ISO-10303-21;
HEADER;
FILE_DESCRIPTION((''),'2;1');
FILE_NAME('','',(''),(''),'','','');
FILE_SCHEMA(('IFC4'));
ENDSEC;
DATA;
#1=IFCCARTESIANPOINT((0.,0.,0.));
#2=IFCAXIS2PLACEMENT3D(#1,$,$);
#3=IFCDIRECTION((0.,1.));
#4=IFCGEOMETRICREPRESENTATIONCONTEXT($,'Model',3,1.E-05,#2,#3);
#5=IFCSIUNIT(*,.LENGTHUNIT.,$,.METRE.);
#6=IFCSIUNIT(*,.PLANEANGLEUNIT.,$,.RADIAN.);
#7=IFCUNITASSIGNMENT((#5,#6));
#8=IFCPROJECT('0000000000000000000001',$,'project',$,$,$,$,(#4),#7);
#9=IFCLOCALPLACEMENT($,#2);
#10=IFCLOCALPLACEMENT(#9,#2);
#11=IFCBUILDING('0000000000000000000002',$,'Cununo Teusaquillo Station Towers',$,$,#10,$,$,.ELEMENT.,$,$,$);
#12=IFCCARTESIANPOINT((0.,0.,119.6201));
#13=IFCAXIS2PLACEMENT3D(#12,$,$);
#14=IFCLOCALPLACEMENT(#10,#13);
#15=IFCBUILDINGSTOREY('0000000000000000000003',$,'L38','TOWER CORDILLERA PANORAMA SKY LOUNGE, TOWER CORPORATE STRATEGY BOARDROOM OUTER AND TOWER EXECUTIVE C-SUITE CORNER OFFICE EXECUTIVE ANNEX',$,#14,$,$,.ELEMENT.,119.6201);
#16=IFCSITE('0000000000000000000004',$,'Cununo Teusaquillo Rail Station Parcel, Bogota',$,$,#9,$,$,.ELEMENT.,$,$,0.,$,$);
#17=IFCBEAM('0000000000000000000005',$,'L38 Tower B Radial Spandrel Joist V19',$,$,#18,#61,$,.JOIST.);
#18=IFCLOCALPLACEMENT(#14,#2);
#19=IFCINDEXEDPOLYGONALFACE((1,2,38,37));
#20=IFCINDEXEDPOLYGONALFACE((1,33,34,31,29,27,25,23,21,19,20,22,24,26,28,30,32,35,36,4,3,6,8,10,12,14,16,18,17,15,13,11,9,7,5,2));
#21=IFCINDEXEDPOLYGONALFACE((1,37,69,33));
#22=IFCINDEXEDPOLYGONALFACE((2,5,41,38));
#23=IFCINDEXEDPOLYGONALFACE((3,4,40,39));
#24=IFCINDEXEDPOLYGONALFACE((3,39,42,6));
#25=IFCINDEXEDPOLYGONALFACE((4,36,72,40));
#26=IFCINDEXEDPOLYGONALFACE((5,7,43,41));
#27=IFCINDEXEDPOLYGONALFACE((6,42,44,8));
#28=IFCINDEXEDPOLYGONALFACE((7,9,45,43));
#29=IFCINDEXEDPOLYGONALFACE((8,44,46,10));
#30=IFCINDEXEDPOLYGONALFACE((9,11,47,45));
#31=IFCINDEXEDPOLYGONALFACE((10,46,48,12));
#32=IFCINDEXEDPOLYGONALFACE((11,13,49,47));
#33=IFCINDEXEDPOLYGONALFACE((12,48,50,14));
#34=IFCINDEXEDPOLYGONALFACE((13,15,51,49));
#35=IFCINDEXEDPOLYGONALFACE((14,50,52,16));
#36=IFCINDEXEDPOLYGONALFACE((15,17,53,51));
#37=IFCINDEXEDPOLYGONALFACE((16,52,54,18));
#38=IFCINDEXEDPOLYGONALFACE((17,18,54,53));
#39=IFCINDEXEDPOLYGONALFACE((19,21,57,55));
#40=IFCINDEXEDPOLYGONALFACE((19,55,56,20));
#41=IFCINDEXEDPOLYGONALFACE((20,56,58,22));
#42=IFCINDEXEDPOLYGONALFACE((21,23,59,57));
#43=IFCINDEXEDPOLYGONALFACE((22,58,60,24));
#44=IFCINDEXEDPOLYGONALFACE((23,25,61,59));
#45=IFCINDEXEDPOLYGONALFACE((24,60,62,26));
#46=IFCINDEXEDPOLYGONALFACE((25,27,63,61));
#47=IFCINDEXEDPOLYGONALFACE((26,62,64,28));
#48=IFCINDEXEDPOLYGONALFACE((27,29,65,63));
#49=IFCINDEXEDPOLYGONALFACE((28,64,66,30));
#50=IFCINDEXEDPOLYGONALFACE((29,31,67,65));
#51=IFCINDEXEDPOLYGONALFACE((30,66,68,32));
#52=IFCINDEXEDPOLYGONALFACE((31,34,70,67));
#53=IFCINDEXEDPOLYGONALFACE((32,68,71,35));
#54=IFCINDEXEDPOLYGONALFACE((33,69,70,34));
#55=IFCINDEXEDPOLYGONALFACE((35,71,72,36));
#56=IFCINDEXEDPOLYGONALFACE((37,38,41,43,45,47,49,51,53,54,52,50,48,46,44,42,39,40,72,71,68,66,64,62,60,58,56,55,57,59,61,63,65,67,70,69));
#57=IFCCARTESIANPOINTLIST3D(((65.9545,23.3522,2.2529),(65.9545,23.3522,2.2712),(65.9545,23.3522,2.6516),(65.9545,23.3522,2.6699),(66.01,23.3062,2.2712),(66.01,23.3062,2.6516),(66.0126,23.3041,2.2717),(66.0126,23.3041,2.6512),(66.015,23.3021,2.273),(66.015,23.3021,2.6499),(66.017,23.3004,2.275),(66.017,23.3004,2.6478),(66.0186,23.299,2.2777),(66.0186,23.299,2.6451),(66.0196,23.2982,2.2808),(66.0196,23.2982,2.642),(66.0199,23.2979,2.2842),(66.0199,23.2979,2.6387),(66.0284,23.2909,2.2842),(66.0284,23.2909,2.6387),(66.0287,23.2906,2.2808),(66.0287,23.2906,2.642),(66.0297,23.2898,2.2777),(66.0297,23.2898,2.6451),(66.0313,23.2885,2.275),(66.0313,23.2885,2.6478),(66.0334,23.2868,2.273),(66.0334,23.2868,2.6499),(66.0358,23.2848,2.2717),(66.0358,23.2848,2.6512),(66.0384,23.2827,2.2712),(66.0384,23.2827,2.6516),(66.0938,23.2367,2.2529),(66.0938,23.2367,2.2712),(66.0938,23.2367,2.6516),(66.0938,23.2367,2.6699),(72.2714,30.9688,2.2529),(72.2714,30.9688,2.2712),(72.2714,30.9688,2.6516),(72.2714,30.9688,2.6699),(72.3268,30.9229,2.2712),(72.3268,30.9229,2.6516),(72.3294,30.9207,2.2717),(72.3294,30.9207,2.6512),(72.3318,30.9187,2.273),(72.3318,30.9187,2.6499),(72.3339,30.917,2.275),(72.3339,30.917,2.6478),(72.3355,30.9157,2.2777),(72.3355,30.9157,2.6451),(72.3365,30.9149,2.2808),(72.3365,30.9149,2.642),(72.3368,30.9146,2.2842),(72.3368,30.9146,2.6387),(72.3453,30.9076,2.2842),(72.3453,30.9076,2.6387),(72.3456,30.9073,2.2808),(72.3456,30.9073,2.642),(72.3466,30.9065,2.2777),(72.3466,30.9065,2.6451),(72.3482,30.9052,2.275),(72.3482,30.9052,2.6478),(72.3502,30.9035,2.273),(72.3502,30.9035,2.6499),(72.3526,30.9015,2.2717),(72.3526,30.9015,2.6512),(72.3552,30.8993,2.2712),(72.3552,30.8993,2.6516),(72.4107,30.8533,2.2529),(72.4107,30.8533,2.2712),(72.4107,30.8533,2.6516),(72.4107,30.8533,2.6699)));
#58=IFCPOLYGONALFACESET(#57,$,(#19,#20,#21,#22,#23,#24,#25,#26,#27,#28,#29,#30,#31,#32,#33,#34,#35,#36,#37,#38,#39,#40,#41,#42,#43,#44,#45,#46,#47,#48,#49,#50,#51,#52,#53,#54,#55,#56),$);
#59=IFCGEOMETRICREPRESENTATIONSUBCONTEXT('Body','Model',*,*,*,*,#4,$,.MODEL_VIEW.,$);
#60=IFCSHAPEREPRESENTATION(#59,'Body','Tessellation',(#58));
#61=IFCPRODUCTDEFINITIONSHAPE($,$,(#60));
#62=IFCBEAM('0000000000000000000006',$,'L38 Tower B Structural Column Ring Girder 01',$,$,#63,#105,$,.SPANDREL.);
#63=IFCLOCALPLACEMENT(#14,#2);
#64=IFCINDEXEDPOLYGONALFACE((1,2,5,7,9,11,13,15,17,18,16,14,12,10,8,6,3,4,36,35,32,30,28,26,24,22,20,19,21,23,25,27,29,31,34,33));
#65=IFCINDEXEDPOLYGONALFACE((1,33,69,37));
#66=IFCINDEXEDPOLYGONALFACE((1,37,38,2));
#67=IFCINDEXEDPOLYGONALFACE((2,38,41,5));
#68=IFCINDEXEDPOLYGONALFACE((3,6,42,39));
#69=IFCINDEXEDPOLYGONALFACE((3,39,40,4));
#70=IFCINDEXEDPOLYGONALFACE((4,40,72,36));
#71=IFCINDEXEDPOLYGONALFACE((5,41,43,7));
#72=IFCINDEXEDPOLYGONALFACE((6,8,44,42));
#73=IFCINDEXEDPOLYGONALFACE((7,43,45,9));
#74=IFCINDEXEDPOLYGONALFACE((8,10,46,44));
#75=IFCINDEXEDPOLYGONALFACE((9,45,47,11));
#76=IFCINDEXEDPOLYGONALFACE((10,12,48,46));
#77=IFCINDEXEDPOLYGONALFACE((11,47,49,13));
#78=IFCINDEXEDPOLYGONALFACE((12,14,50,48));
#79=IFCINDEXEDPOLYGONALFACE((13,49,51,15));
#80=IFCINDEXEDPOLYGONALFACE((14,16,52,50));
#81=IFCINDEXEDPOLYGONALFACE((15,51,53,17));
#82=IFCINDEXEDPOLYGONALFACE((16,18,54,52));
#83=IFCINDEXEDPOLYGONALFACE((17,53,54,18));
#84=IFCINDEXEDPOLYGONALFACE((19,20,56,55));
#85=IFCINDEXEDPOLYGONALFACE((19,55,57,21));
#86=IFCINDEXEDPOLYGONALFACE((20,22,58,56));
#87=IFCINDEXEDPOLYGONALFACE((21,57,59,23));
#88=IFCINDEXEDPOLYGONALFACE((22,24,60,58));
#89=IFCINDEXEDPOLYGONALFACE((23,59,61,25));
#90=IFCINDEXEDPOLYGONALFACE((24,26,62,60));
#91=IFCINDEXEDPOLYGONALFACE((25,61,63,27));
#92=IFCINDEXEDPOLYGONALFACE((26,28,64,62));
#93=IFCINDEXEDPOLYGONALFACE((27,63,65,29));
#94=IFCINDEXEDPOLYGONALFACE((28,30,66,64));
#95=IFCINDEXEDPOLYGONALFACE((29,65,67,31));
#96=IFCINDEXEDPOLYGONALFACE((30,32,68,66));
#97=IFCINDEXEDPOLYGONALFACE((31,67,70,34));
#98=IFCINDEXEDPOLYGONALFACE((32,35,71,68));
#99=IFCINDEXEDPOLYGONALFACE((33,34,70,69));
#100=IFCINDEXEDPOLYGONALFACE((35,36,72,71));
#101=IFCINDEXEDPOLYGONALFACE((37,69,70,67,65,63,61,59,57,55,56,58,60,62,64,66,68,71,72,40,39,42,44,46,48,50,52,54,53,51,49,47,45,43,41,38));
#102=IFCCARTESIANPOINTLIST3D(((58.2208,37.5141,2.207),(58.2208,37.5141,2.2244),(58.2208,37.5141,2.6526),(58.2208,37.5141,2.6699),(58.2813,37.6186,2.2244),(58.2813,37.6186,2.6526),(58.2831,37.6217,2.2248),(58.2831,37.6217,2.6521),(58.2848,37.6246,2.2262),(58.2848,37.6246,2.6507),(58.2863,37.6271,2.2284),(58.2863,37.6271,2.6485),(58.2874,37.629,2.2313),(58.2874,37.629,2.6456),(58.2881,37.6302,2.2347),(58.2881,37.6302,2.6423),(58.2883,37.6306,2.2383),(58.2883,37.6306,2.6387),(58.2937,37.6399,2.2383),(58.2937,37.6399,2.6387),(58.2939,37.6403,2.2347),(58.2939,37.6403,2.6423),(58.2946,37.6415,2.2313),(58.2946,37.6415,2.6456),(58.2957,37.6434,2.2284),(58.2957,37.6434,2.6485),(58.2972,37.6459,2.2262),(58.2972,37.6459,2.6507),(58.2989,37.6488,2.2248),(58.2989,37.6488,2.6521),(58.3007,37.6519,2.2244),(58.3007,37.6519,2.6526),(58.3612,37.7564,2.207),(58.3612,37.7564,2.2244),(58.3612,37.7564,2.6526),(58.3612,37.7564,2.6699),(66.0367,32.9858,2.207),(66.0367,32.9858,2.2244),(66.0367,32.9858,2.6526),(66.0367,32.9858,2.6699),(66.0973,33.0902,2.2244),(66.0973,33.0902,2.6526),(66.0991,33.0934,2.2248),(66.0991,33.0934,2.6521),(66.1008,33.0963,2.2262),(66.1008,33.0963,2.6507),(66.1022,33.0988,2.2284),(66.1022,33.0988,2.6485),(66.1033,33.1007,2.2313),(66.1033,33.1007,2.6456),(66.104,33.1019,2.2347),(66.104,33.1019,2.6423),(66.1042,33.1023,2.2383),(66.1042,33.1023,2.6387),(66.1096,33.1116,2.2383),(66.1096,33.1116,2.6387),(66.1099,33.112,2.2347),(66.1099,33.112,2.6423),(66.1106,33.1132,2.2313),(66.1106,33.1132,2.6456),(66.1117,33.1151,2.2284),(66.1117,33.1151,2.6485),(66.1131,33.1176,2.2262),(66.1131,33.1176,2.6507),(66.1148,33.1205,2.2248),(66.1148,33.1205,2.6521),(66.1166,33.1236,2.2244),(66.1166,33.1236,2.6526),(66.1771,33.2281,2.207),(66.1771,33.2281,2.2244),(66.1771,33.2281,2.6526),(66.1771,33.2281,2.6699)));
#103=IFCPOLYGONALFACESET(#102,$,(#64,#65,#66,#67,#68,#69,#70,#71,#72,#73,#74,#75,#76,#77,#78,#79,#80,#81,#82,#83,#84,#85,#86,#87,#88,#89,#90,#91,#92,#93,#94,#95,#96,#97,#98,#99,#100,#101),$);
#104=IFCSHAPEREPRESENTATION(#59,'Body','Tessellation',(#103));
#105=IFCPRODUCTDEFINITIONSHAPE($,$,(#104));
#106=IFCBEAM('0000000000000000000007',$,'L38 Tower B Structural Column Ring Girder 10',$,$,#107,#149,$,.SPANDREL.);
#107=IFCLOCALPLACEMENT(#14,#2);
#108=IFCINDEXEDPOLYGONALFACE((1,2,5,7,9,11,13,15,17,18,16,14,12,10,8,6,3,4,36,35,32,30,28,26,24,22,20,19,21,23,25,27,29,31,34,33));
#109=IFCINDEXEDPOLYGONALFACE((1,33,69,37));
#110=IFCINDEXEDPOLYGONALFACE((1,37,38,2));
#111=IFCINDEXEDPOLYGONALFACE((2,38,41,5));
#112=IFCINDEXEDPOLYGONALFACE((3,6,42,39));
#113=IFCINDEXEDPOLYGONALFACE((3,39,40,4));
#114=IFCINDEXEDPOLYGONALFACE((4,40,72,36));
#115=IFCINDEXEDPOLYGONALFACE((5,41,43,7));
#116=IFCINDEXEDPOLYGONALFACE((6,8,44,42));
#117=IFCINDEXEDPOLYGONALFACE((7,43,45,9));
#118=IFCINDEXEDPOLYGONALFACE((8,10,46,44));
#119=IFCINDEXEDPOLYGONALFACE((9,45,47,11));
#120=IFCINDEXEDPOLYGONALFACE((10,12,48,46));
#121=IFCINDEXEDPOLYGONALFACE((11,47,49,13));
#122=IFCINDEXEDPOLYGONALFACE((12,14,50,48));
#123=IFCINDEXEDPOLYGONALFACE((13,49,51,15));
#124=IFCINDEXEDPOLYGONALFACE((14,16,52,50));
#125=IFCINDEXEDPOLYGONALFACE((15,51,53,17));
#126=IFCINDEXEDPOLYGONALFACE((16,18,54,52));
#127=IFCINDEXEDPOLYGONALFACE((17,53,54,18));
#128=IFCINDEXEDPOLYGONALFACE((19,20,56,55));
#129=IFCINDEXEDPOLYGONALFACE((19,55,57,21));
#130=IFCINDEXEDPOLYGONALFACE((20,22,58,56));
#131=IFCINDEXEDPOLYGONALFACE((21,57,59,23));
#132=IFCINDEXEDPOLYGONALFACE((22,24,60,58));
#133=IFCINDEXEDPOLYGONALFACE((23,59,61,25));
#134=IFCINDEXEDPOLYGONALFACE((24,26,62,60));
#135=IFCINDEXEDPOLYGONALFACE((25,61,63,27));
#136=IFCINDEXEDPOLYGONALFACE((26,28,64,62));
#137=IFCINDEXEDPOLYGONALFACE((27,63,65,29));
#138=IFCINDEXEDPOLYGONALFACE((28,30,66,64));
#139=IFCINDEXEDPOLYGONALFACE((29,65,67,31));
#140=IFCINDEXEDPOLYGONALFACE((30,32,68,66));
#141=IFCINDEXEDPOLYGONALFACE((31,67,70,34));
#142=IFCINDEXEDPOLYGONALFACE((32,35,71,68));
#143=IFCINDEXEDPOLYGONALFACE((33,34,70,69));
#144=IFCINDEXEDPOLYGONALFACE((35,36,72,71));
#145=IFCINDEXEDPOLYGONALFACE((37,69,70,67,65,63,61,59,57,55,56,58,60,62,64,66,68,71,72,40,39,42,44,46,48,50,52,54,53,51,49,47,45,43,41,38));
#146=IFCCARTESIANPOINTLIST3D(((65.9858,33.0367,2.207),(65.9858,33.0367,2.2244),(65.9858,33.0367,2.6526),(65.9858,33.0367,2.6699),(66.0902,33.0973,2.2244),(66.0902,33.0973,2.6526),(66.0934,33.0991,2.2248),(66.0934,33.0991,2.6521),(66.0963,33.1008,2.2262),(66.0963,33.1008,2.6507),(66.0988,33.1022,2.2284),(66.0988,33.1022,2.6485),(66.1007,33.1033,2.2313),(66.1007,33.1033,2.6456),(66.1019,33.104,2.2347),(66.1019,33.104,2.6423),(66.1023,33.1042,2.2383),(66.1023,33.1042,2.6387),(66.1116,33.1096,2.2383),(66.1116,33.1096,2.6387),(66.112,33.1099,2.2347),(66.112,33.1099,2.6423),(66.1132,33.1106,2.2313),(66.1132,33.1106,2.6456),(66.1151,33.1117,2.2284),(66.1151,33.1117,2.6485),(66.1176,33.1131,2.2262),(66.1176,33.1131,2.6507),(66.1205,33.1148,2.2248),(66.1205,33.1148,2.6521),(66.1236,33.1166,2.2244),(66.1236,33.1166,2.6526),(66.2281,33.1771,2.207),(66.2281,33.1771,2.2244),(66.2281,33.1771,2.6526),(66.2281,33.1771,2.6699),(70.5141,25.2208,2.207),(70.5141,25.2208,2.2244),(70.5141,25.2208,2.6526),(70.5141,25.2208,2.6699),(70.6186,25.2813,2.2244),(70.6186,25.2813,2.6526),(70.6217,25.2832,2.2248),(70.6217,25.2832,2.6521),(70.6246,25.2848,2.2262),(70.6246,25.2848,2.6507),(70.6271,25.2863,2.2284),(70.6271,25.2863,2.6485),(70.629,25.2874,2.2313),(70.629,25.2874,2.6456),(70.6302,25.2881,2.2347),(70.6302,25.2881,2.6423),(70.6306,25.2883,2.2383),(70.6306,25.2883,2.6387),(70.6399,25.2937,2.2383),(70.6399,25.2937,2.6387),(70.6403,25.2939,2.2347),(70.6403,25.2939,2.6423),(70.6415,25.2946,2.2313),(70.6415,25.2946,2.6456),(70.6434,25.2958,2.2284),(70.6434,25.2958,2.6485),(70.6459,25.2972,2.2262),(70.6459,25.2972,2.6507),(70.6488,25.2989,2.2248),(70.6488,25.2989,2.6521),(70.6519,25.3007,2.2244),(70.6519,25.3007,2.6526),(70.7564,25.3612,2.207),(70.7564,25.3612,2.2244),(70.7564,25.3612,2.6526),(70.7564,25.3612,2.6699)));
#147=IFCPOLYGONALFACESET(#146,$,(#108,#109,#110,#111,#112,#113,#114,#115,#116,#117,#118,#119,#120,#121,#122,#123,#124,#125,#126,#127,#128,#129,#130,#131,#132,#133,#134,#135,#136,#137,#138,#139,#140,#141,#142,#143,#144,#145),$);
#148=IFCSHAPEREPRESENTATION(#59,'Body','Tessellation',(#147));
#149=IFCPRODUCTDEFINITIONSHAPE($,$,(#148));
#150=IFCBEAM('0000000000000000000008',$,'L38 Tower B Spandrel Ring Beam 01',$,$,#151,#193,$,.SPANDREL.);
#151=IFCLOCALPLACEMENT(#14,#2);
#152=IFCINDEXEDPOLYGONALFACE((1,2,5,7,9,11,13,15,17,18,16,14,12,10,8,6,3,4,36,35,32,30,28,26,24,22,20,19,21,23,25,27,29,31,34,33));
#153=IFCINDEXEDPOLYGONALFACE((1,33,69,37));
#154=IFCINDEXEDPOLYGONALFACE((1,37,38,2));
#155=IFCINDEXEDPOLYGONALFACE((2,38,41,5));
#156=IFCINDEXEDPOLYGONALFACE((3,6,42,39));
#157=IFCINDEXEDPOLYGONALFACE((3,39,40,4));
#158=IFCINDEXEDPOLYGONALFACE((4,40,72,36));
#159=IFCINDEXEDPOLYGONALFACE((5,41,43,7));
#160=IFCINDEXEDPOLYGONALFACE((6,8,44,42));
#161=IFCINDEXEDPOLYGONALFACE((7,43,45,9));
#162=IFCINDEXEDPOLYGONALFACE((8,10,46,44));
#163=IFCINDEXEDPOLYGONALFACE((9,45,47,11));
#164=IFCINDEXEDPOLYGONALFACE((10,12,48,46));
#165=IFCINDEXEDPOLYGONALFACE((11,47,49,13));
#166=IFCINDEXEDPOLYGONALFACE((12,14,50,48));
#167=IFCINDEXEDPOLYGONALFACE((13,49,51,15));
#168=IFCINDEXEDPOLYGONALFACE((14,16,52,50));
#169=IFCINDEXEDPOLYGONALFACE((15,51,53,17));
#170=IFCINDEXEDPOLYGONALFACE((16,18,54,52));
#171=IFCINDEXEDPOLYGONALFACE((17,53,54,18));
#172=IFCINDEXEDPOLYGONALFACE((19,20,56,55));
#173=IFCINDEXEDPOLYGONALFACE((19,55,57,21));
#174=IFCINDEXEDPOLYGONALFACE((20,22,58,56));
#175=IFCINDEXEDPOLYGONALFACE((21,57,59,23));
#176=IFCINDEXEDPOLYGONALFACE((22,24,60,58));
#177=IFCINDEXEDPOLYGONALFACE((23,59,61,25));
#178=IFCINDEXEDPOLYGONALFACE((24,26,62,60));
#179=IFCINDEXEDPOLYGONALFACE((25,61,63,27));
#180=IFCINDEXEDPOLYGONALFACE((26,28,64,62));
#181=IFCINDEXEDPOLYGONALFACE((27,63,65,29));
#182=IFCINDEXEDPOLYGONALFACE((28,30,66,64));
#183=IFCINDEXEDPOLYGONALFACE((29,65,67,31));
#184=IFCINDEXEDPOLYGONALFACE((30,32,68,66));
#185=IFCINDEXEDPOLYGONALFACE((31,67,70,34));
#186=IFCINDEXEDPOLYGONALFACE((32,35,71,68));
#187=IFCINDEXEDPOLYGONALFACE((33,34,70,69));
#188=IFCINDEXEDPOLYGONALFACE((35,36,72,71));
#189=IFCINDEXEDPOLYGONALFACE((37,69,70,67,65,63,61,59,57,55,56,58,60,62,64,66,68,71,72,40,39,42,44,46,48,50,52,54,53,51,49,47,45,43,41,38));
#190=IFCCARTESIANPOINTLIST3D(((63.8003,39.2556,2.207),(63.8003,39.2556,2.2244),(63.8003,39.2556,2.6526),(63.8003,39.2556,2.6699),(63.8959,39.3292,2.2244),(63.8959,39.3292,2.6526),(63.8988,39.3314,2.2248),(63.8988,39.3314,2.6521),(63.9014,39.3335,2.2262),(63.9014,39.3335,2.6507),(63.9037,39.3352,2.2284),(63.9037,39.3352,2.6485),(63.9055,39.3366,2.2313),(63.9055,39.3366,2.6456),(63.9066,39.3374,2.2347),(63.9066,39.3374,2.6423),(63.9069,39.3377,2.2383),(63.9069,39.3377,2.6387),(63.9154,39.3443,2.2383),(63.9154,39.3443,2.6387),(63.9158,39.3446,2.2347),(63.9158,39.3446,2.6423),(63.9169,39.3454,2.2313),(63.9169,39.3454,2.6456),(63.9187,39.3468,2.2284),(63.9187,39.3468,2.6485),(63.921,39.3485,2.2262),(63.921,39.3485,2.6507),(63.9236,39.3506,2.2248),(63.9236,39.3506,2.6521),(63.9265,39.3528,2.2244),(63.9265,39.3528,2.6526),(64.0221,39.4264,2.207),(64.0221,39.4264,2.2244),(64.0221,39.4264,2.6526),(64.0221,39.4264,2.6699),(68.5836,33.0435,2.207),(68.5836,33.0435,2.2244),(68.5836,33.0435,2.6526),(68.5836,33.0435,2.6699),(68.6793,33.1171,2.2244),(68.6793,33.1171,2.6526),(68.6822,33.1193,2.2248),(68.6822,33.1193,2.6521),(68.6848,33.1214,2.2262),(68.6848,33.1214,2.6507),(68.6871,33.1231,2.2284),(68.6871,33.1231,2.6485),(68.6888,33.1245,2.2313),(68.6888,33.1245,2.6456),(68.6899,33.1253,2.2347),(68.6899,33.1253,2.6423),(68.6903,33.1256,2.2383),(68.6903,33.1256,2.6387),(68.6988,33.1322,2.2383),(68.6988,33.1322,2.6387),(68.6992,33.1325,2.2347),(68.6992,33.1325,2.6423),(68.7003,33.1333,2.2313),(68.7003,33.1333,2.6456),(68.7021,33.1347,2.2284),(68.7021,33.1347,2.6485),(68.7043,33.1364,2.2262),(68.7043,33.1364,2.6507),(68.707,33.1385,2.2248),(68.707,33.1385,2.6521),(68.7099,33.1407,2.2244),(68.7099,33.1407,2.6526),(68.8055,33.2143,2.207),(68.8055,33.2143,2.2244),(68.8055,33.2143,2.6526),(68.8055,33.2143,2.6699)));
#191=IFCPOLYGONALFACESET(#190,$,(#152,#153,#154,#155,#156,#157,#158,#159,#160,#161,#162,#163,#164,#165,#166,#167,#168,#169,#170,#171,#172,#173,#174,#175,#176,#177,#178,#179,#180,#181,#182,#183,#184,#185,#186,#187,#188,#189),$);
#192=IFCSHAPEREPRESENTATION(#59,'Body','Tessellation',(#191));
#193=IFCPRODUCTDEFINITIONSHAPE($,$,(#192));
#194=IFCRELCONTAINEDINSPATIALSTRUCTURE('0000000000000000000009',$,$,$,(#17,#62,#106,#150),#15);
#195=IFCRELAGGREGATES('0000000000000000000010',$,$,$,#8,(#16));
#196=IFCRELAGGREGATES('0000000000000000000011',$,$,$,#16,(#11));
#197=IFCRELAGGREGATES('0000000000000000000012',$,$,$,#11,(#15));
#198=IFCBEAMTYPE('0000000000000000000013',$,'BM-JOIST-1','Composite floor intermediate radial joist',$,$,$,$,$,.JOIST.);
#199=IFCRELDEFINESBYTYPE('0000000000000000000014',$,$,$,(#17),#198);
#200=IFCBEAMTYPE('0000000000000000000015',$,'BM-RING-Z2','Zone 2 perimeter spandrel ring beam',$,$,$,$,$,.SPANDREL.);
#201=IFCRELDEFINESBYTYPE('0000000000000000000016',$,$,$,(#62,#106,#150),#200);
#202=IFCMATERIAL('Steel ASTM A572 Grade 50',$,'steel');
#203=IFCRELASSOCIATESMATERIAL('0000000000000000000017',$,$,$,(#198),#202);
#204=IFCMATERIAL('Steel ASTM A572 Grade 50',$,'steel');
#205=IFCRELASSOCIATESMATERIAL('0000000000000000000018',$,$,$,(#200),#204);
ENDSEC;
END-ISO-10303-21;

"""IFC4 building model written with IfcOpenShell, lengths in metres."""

from ifc_helpers import new_model, si_unit, direction, frame, origin, origin_2d, place, context, subcontext, project, spatial, i_section, extrude, material, material_profile, profile_set, type_object, element, save


model = new_model("IFC4")

# Units and contexts
model_context = context("Model", 3, precision=1e-05, world=origin(), true_north=direction((0.0, 1.0)))
body_context = subcontext(model_context, "Body", "Model", "MODEL_VIEW")
ifc_project = project(units=[si_unit("LENGTHUNIT", "METRE"), si_unit("PLANEANGLEUNIT", "RADIAN")], contexts=[model_context])

# Site, building, storey
site_placement = place(None, origin())
site = spatial("IfcSite", under=ifc_project, at=site_placement, Name="Cununo Teusaquillo Rail Station Parcel, Bogota", CompositionType="ELEMENT", RefElevation=0.0)
building_placement = place(site_placement, origin())
building = spatial("IfcBuilding", under=site, at=building_placement, Name="Cununo Teusaquillo Station Towers", CompositionType="ELEMENT")
storey_placement = place(building_placement, frame((0.0, 0.0, 119.6201)))
storey = spatial("IfcBuildingStorey", under=building, at=storey_placement, Name="L38", Description="TOWER CORDILLERA PANORAMA SKY LOUNGE, TOWER CORPORATE STRATEGY BOARDROOM OUTER AND TOWER EXECUTIVE C-SUITE CORNER OFFICE EXECUTIVE ANNEX", CompositionType="ELEMENT", Elevation=119.6201)

# Beams
ifc_material_1 = material(Name="Steel ASTM A572 Grade 50", Category="steel")
ifc_material_profile_1 = material_profile(ifc_material_1, i_section(OverallWidth=0.1809, OverallDepth=0.417, WebThickness=0.011, FlangeThickness=0.0183, FilletRadius=0.0129, at=origin_2d()), Name="W16X57")
ifc_profile_set_1 = profile_set([ifc_material_profile_1], Name="Steel ASTM A572 Grade 50")
beam_type_1 = type_object("IfcBeamType", Name="BM-JOIST-1", Description="Composite floor intermediate radial joist", PredefinedType="JOIST", material=ifc_profile_set_1)
beam_1_placement = place(storey_placement, frame((66.0242, 23.2944, 2.4614), z_axis=(0.638372, 0.769728, 0.0), x_axis=(-0.769728, 0.638372, 0.0)))
element("IfcBeam", 1, at=beam_1_placement, inside=storey, type_object=beam_type_1, Name="L38 Tower B Radial Spandrel Joist V19", PredefinedType="JOIST", context=body_context, shape_type="SweptSolid", body=[
    extrude(i_section(OverallWidth=0.1809, OverallDepth=0.417, WebThickness=0.011, FlangeThickness=0.0183, FilletRadius=0.0129, at=origin_2d()), origin(), (0.0, 0.0, 1.0), 9.8953),
])
ifc_material_2 = material(Name="Steel ASTM A572 Grade 50", Category="steel")
ifc_material_profile_2 = material_profile(ifc_material_2, i_section(OverallWidth=0.28, OverallDepth=0.4629, WebThickness=0.0107, FlangeThickness=0.0173, FilletRadius=0.0139, at=origin_2d()), Name="W18X76")
ifc_profile_set_2 = profile_set([ifc_material_profile_2], Name="Steel ASTM A572 Grade 50")
beam_type_2 = type_object("IfcBeamType", Name="BM-RING-Z2", Description="Zone 2 perimeter spandrel ring beam", PredefinedType="SPANDREL", material=ifc_profile_set_2)
for number, where, z_axis, x_axis, name in (
    (2, (66.1069, 33.1069, 2.4385), (-0.865267, 0.501311, 0.0), (-0.501311, -0.865267, 0.0), "L38 Tower B Structural Column Ring Girder 01"),
    (3, (70.6353, 25.291, 2.4385), (-0.501311, 0.865267, 0.0), (-0.865267, -0.501311, 0.0), "L38 Tower B Structural Column Ring Girder 10"),
):
    element("IfcBeam", number, at=place(storey_placement, frame(where, z_axis=z_axis, x_axis=x_axis)), inside=storey, type_object=beam_type_2, Name=name, PredefinedType="SPANDREL", context=body_context, shape_type="SweptSolid", body=[
        extrude(i_section(OverallWidth=0.28, OverallDepth=0.4629, WebThickness=0.0107, FlangeThickness=0.0173, FilletRadius=0.0139, at=origin_2d()), origin(), (0.0, 0.0, 1.0), 9.033),
    ])
beam_2_placement = place(storey_placement, frame((68.6946, 33.1289, 2.4385), z_axis=(-0.6101, 0.792324, 0.0), x_axis=(-0.792324, -0.6101, 0.0)))
element("IfcBeam", 4, at=beam_2_placement, inside=storey, type_object=beam_type_2, Name="L38 Tower B Spandrel Ring Beam 01", PredefinedType="SPANDREL", context=body_context, shape_type="SweptSolid", body=[
    extrude(i_section(OverallWidth=0.28, OverallDepth=0.4629, WebThickness=0.0107, FlangeThickness=0.0173, FilletRadius=0.0139, at=origin_2d()), origin(), (0.0, 0.0, 1.0), 7.8403),
])

save(model, "model.ifc")
